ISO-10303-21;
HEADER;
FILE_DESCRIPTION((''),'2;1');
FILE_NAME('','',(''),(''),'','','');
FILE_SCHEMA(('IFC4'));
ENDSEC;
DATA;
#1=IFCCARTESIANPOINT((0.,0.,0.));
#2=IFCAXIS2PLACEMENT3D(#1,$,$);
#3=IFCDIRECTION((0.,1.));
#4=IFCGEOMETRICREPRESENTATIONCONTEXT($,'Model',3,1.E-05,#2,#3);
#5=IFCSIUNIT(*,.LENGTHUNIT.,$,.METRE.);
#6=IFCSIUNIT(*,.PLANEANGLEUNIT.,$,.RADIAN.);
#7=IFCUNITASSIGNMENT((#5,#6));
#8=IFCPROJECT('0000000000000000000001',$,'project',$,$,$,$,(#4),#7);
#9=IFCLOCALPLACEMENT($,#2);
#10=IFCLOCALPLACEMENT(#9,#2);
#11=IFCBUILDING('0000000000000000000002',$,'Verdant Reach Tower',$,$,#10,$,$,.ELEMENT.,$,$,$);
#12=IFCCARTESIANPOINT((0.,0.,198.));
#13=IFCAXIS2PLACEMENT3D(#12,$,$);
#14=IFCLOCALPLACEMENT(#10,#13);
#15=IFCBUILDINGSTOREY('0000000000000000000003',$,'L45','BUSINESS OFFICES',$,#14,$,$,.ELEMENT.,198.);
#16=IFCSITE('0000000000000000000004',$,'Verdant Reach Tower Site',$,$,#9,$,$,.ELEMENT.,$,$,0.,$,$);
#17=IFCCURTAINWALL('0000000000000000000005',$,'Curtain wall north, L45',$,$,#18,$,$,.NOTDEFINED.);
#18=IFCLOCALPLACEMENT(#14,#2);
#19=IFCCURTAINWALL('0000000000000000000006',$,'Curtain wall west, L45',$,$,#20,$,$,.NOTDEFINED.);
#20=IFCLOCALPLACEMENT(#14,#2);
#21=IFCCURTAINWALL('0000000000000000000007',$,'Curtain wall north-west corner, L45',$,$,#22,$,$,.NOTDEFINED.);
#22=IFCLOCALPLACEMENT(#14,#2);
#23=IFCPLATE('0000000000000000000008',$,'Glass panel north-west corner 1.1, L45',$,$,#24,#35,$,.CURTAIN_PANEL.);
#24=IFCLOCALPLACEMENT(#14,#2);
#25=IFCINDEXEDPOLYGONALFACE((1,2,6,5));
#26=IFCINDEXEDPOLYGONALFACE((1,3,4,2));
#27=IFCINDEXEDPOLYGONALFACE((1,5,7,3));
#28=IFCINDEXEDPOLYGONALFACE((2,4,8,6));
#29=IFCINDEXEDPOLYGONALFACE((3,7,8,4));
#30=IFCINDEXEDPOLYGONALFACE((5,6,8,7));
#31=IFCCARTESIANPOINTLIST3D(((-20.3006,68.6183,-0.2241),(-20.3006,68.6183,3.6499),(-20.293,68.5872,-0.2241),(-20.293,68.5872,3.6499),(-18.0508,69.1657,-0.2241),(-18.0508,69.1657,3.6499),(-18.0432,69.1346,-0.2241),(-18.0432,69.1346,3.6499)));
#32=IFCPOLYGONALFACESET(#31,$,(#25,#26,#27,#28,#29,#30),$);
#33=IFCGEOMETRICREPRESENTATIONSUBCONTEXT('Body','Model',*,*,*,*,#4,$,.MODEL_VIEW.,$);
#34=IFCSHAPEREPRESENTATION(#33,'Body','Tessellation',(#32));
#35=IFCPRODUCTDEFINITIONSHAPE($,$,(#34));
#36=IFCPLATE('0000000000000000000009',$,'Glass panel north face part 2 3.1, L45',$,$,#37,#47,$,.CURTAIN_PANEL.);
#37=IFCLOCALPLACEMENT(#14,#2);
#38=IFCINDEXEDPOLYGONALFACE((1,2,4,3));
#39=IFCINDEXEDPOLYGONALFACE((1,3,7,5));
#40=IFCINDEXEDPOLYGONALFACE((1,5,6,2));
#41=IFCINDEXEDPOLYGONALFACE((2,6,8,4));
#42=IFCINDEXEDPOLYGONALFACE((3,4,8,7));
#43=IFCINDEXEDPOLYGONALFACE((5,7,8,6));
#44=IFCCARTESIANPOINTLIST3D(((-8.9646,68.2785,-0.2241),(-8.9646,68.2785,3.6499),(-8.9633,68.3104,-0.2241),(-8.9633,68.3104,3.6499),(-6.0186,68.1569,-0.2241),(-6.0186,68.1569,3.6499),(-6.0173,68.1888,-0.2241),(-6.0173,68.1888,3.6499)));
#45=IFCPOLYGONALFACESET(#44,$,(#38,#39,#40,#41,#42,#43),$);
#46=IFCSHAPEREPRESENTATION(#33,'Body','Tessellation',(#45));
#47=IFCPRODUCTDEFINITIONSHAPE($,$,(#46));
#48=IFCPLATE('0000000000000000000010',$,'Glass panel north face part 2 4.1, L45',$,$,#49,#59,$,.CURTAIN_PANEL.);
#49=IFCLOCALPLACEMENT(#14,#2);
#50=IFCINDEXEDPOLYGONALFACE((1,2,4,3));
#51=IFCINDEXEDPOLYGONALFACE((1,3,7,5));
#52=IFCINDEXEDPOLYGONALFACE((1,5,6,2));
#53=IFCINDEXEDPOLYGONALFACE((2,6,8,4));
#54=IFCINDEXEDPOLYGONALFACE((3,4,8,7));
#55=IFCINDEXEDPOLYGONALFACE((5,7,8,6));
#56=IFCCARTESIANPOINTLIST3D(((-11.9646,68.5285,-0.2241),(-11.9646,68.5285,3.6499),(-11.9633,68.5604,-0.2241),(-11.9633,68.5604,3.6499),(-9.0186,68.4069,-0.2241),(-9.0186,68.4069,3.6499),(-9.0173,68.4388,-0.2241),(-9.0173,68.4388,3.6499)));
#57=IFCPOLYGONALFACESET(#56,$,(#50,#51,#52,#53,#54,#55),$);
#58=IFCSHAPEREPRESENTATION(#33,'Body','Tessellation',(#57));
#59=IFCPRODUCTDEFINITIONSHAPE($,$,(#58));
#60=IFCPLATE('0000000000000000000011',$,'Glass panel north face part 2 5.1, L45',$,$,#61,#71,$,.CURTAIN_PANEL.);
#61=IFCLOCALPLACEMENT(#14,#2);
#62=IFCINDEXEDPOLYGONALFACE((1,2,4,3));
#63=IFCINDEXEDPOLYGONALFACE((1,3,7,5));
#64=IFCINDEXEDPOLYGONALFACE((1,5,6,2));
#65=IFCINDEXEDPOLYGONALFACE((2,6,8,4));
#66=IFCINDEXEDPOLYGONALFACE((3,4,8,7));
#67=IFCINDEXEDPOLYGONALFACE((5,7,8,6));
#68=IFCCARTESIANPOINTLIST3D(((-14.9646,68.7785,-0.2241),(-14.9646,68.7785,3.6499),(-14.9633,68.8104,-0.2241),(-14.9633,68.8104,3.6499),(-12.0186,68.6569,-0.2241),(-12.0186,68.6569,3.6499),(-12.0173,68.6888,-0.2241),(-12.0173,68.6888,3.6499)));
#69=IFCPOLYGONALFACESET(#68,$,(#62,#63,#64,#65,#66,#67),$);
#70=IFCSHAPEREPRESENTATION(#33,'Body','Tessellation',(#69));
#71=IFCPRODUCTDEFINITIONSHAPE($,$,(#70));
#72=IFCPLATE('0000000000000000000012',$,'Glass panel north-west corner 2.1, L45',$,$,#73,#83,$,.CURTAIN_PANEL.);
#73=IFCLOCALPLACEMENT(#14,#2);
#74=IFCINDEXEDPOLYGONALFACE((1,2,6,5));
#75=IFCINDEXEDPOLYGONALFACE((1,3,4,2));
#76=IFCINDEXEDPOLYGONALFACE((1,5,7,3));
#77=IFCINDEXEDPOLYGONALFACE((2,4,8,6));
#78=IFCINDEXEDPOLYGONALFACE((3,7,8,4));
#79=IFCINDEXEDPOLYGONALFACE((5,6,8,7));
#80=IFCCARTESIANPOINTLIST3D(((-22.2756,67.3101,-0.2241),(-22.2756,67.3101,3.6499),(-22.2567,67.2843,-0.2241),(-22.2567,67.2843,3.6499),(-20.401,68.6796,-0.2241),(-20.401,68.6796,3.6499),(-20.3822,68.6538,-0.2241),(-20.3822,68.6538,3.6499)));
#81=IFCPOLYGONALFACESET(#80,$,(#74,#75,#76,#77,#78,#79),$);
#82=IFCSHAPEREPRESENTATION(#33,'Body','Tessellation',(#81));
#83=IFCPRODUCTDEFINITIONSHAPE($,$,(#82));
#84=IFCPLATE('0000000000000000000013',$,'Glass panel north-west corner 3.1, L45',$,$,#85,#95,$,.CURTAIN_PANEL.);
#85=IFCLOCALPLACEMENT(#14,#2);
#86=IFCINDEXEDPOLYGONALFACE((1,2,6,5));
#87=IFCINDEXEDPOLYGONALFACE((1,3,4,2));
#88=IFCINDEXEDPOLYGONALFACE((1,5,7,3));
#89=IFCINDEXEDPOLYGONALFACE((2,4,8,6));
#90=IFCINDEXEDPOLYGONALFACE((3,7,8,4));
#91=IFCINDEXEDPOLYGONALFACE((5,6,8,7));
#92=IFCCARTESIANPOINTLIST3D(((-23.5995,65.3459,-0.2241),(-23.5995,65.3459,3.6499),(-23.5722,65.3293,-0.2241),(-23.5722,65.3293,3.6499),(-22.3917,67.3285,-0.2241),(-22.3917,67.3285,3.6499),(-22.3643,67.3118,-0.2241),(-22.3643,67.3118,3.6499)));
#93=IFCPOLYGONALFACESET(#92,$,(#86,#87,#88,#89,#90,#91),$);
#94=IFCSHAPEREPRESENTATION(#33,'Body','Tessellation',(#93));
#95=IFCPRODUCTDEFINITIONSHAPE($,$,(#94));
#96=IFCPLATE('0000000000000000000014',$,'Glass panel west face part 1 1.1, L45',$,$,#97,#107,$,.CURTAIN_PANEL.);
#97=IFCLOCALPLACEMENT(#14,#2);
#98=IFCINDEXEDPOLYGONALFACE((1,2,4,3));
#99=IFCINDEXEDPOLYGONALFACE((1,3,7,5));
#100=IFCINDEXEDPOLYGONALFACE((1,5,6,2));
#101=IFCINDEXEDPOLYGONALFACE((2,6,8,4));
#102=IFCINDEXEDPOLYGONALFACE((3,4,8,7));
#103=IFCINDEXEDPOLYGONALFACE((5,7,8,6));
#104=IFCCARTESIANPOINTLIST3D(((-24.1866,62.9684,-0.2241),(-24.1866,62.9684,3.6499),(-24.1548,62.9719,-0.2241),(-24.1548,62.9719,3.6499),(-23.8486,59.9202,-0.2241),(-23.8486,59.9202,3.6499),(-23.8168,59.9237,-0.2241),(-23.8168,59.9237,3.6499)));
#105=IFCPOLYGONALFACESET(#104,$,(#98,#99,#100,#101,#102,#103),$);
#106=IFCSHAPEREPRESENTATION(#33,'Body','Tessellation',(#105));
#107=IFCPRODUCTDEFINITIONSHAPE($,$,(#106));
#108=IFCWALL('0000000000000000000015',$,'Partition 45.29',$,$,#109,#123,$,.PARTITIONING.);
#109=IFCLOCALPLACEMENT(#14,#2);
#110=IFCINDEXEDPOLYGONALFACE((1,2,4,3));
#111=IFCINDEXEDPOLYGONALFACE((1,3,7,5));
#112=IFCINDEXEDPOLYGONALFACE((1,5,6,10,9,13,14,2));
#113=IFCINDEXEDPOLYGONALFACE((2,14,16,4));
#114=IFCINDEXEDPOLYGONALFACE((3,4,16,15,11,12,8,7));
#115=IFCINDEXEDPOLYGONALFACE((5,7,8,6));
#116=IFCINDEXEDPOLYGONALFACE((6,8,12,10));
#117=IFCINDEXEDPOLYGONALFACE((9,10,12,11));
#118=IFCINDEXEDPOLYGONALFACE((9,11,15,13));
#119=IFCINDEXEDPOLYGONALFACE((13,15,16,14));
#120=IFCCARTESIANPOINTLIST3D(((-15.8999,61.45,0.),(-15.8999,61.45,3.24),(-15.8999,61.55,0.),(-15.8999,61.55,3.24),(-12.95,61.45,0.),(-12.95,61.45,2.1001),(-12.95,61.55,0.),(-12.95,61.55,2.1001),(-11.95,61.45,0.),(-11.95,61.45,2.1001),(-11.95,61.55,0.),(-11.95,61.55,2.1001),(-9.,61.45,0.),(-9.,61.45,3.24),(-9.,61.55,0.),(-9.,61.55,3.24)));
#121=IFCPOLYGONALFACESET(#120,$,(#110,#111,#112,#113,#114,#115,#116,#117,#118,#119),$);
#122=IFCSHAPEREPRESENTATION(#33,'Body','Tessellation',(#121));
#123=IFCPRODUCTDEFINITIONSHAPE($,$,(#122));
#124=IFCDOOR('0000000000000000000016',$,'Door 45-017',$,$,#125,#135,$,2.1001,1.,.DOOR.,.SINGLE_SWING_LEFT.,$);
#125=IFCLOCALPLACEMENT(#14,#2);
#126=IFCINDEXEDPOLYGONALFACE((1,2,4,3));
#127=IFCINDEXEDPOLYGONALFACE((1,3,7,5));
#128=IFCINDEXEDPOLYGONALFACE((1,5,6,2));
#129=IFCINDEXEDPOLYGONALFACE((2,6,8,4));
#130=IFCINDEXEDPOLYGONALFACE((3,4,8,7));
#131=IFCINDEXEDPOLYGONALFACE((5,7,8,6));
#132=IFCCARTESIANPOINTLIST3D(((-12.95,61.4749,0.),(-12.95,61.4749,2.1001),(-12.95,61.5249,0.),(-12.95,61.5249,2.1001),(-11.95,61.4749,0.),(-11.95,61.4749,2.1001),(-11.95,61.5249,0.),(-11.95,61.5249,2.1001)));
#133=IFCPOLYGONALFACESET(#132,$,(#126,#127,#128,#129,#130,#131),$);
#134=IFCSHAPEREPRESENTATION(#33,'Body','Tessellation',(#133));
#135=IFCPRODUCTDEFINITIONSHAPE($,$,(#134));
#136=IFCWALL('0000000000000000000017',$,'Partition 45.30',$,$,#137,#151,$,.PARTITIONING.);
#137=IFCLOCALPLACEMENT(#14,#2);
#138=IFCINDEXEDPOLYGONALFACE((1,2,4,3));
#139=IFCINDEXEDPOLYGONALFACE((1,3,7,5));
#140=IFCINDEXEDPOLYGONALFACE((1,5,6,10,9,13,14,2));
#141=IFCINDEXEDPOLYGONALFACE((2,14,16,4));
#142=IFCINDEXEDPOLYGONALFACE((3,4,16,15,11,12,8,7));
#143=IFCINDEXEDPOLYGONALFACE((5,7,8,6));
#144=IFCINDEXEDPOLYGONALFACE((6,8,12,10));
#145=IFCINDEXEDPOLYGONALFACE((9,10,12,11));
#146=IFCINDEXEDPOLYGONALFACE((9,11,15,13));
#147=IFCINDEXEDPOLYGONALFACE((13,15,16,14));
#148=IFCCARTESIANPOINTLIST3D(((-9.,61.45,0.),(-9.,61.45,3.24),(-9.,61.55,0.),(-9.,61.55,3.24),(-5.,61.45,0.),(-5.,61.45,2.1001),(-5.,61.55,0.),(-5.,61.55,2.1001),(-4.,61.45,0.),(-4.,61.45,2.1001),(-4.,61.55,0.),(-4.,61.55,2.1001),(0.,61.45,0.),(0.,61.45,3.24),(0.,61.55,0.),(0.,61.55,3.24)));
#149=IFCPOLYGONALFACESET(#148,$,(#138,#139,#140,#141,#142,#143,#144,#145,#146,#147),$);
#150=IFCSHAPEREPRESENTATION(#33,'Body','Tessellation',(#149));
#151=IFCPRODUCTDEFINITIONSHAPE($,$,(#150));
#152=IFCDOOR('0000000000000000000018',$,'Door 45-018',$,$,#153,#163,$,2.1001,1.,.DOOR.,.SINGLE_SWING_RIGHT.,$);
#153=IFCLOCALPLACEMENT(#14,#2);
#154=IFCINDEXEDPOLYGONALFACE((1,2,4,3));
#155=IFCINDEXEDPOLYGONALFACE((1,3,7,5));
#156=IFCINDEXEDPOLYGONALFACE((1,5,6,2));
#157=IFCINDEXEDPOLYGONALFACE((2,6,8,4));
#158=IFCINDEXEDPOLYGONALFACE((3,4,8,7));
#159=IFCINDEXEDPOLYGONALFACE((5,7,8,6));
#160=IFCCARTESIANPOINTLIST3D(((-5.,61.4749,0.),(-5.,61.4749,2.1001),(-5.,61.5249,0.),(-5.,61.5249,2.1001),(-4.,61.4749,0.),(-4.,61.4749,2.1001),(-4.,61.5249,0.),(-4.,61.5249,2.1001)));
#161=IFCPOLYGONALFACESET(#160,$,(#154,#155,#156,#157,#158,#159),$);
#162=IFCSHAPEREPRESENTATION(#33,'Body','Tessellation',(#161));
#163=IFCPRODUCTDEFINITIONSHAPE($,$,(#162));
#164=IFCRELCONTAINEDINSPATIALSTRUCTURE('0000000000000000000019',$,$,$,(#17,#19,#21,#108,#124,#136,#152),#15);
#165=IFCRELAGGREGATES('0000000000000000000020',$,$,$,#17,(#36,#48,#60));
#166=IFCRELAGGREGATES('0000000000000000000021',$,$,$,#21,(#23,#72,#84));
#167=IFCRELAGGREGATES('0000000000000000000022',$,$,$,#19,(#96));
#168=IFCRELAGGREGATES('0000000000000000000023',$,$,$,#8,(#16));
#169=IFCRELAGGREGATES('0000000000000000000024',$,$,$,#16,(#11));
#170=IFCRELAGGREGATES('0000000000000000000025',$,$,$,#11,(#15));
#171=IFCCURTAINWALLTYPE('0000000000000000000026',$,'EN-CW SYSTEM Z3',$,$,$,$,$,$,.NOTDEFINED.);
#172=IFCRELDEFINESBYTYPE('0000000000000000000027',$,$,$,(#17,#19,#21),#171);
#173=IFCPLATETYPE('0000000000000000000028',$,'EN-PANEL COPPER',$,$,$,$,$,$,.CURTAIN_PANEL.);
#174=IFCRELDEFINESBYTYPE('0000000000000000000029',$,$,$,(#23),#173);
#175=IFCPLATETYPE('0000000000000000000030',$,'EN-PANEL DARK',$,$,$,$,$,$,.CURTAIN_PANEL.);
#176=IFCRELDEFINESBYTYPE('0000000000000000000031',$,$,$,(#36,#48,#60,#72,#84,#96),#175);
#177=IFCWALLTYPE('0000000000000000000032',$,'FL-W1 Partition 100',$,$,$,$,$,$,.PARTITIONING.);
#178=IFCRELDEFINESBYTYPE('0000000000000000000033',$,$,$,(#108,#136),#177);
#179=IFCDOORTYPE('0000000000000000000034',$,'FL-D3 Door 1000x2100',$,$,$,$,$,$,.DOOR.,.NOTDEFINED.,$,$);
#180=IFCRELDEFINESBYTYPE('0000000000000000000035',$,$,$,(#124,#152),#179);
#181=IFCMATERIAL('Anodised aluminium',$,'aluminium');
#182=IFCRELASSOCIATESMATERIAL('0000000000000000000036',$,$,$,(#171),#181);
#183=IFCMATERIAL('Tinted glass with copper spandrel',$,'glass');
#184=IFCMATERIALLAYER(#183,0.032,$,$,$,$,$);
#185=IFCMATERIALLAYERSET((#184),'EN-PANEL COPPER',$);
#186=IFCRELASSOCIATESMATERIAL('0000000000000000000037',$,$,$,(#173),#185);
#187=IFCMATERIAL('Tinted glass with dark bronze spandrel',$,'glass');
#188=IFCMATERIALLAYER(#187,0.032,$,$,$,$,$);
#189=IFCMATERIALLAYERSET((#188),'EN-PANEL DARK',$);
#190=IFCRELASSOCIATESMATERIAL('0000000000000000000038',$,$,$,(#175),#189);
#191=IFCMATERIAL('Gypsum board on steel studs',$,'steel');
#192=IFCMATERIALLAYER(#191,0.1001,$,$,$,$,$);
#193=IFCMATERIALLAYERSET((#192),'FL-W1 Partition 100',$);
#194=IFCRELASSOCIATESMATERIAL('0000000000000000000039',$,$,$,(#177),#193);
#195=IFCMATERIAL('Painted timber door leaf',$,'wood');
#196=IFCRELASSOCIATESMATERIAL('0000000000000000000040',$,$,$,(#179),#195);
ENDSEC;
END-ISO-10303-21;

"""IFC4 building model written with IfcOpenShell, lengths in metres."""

from ifc_helpers import new_model, si_unit, direction, frame, frame_2d, origin, origin_2d, place, context, subcontext, project, spatial, rectangle, extrude, material, layer, layer_set, type_object, element, fill, aggregate, save


model = new_model("IFC4")

# Units and contexts
model_context = context("Model", 3, precision=1e-05, world=origin(), true_north=direction((0.0, 1.0)))
body_context = subcontext(model_context, "Body", "Model", "MODEL_VIEW")
ifc_project = project(units=[si_unit("LENGTHUNIT", "METRE"), si_unit("PLANEANGLEUNIT", "RADIAN")], contexts=[model_context])

# Site, building, storey
site_placement = place(None, origin())
site = spatial("IfcSite", under=ifc_project, at=site_placement, Name="Verdant Reach Tower Site", CompositionType="ELEMENT", RefElevation=0.0)
building_placement = place(site_placement, origin())
building = spatial("IfcBuilding", under=site, at=building_placement, Name="Verdant Reach Tower", CompositionType="ELEMENT")
storey_placement = place(building_placement, frame((0.0, 0.0, 198.0)))
storey = spatial("IfcBuildingStorey", under=building, at=storey_placement, Name="L45", Description="BUSINESS OFFICES", CompositionType="ELEMENT", Elevation=198.0)

# Curtain walls
ifc_material_1 = material(Name="Anodised aluminium", Category="aluminium")
curtain_wall_type = type_object("IfcCurtainWallType", Name="EN-CW SYSTEM Z3", PredefinedType="NOTDEFINED", material=ifc_material_1)
curtain_wall_1_placement = place(storey_placement, origin())
curtain_wall_1 = element("IfcCurtainWall", 1, at=curtain_wall_1_placement, inside=storey, type_object=curtain_wall_type, Name="Curtain wall north, L45", PredefinedType="NOTDEFINED")
curtain_wall_2_placement = place(storey_placement, origin())
curtain_wall_2 = element("IfcCurtainWall", 2, at=curtain_wall_2_placement, inside=storey, type_object=curtain_wall_type, Name="Curtain wall west, L45", PredefinedType="NOTDEFINED")

# Curtain wall
curtain_wall_3_placement = place(storey_placement, origin())
curtain_wall_3 = element("IfcCurtainWall", 3, at=curtain_wall_3_placement, inside=storey, type_object=curtain_wall_type, Name="Curtain wall north-west corner, L45", PredefinedType="NOTDEFINED")

# Plates
ifc_material_2 = material(Name="Tinted glass with copper spandrel", Category="glass")
ifc_layer_1 = layer(ifc_material_2, 0.032)
ifc_layer_set_1 = layer_set([ifc_layer_1], Name="EN-PANEL COPPER")
plate_type_1 = type_object("IfcPlateType", Name="EN-PANEL COPPER", PredefinedType="CURTAIN_PANEL", material=ifc_layer_set_1)
plate_1_placement = place(storey_placement, frame((-19.1719, 68.8765, -0.2241), z_axis=(0.0, 0.0, 1.0), x_axis=(-0.971655, -0.236403, 0.0)))
plate_1 = element("IfcPlate", 4, at=plate_1_placement, type_object=plate_type_1, Name="Glass panel north-west corner 1.1, L45", PredefinedType="CURTAIN_PANEL", context=body_context, shape_type="SweptSolid", body=[
    extrude(rectangle(XDim=2.3154, YDim=0.032, at=origin_2d()), origin(), (0.0, 0.0, 1.0), 3.874),
])
ifc_material_3 = material(Name="Tinted glass with dark bronze spandrel", Category="glass")
ifc_layer_2 = layer(ifc_material_3, 0.032)
ifc_layer_set_2 = layer_set([ifc_layer_2], Name="EN-PANEL DARK")
plate_type_2 = type_object("IfcPlateType", Name="EN-PANEL DARK", PredefinedType="CURTAIN_PANEL", material=ifc_layer_set_2)
plate_2_placement = place(storey_placement, frame((-7.491, 68.2336, -0.2241), z_axis=(0.0, 0.0, 1.0), x_axis=(-0.999149, 0.041242, 0.0)))
plate_2 = element("IfcPlate", 5, at=plate_2_placement, type_object=plate_type_2, Name="Glass panel north face part 2 3.1, L45", PredefinedType="CURTAIN_PANEL", context=body_context, shape_type="SweptSolid", body=[
    extrude(rectangle(XDim=2.9485, YDim=0.032, at=origin_2d()), origin(), (0.0, 0.0, 1.0), 3.874),
])
plate_3_placement = place(storey_placement, frame((-10.491, 68.4836, -0.2241), z_axis=(0.0, 0.0, 1.0), x_axis=(-0.999149, 0.041242, 0.0)))
plate_3 = element("IfcPlate", 6, at=plate_3_placement, type_object=plate_type_2, Name="Glass panel north face part 2 4.1, L45", PredefinedType="CURTAIN_PANEL", context=body_context, shape_type="SweptSolid", body=[
    extrude(rectangle(XDim=2.9485, YDim=0.032, at=origin_2d()), origin(), (0.0, 0.0, 1.0), 3.874),
])
plate_4_placement = place(storey_placement, frame((-13.491, 68.7336, -0.2241), z_axis=(0.0, 0.0, 1.0), x_axis=(-0.999149, 0.041242, 0.0)))
plate_4 = element("IfcPlate", 7, at=plate_4_placement, type_object=plate_type_2, Name="Glass panel north face part 2 5.1, L45", PredefinedType="CURTAIN_PANEL", context=body_context, shape_type="SweptSolid", body=[
    extrude(rectangle(XDim=2.9485, YDim=0.032, at=origin_2d()), origin(), (0.0, 0.0, 1.0), 3.874),
])
aggregate(curtain_wall_1, [plate_2, plate_3, plate_4])
plate_5_placement = place(storey_placement, frame((-21.3289, 67.9819, -0.2241), z_axis=(0.0, 0.0, 1.0), x_axis=(-0.807457, -0.589927, 0.0)))
plate_5 = element("IfcPlate", 8, at=plate_5_placement, type_object=plate_type_2, Name="Glass panel north-west corner 2.1, L45", PredefinedType="CURTAIN_PANEL", context=body_context, shape_type="SweptSolid", body=[
    extrude(rectangle(XDim=2.3215, YDim=0.032, at=origin_2d()), origin(), (0.0, 0.0, 1.0), 3.874),
])
plate_6_placement = place(storey_placement, frame((-22.9819, 66.3289, -0.2241), z_axis=(0.0, 0.0, 1.0), x_axis=(-0.520292, -0.853989, 0.0)))
plate_6 = element("IfcPlate", 9, at=plate_6_placement, type_object=plate_type_2, Name="Glass panel north-west corner 3.1, L45", PredefinedType="CURTAIN_PANEL", context=body_context, shape_type="SweptSolid", body=[
    extrude(rectangle(XDim=2.3215, YDim=0.032, at=origin_2d()), origin(), (0.0, 0.0, 1.0), 3.874),
])
aggregate(curtain_wall_3, [plate_1, plate_5, plate_6])
plate_7_placement = place(storey_placement, frame((-24.0017, 61.446, -0.2241), z_axis=(0.0, 0.0, 1.0), x_axis=(0.110214, -0.993908, 0.0)))
plate_7 = element("IfcPlate", 10, at=plate_7_placement, type_object=plate_type_2, Name="Glass panel west face part 1 1.1, L45", PredefinedType="CURTAIN_PANEL", context=body_context, shape_type="SweptSolid", body=[
    extrude(rectangle(XDim=3.0669, YDim=0.032, at=origin_2d()), origin(), (0.0, 0.0, 1.0), 3.874),
])
aggregate(curtain_wall_2, [plate_7])

# Walls, openings, doors
ifc_material_4 = material(Name="Gypsum board on steel studs", Category="steel")
ifc_layer_3 = layer(ifc_material_4, 0.1001)
ifc_layer_set_3 = layer_set([ifc_layer_3], Name="FL-W1 Partition 100")
wall_type = type_object("IfcWallType", Name="FL-W1 Partition 100", PredefinedType="PARTITIONING", material=ifc_layer_set_3)
wall_1_placement = place(storey_placement, frame((-15.8999, 61.5, 0.0), z_axis=(0.0, 0.0, 1.0), x_axis=(1.0, 0.0, 0.0)))
wall_1 = element("IfcWall", 11, at=wall_1_placement, inside=storey, type_object=wall_type, Name="Partition 45.29", PredefinedType="PARTITIONING", context=body_context, shape_type="SweptSolid", body=[
    extrude(rectangle(XDim=6.8999, YDim=0.1001, at=frame_2d((3.45, 0.0))), origin(), (0.0, 0.0, 1.0), 3.24),
])
opening_1_placement = place(wall_1_placement, frame((2.95, 0.0, 0.0)))
opening_1 = element("IfcOpeningElement", 12, at=opening_1_placement, cuts=wall_1, PredefinedType="OPENING", context=body_context, shape_type="SweptSolid", body=[
    extrude(rectangle(XDim=1.0, YDim=2.1001, at=frame_2d((0.5, 1.05))), frame((0.0, 0.0601, 0.0), z_axis=(0.0, -1.0, 0.0), x_axis=(1.0, 0.0, 0.0)), (0.0, 0.0, 1.0), 0.1201),
])
ifc_material_5 = material(Name="Painted timber door leaf", Category="wood")
door_type = type_object("IfcDoorType", Name="FL-D3 Door 1000x2100", OperationType="NOTDEFINED", PredefinedType="DOOR", material=ifc_material_5)
door_1_placement = place(opening_1_placement, origin())
door_1 = element("IfcDoor", 13, at=door_1_placement, inside=storey, type_object=door_type, Name="Door 45-017", OperationType="SINGLE_SWING_LEFT", OverallHeight=2.1001, OverallWidth=1.0, PredefinedType="DOOR", context=body_context, shape_type="SweptSolid", body=[
    extrude(rectangle(XDim=1.0, YDim=2.1001, at=frame_2d((0.5, 1.05))), frame((0.0, 0.0249, 0.0), z_axis=(0.0, -1.0, 0.0), x_axis=(1.0, 0.0, 0.0)), (0.0, 0.0, 1.0), 0.05),
])
fill(opening_1, door_1)
wall_2_placement = place(storey_placement, frame((-9.0, 61.5, 0.0), z_axis=(0.0, 0.0, 1.0), x_axis=(1.0, 0.0, 0.0)))
wall_2 = element("IfcWall", 14, at=wall_2_placement, inside=storey, type_object=wall_type, Name="Partition 45.30", PredefinedType="PARTITIONING", context=body_context, shape_type="SweptSolid", body=[
    extrude(rectangle(XDim=9.0, YDim=0.1001, at=frame_2d((4.5, 0.0))), origin(), (0.0, 0.0, 1.0), 3.24),
])
opening_2_placement = place(wall_2_placement, frame((4.0, 0.0, 0.0)))
opening_2 = element("IfcOpeningElement", 15, at=opening_2_placement, cuts=wall_2, PredefinedType="OPENING", context=body_context, shape_type="SweptSolid", body=[
    extrude(rectangle(XDim=1.0, YDim=2.1001, at=frame_2d((0.5, 1.05))), frame((0.0, 0.0601, 0.0), z_axis=(0.0, -1.0, 0.0), x_axis=(1.0, 0.0, 0.0)), (0.0, 0.0, 1.0), 0.1201),
])
door_2_placement = place(opening_2_placement, origin())
door_2 = element("IfcDoor", 16, at=door_2_placement, inside=storey, type_object=door_type, Name="Door 45-018", OperationType="SINGLE_SWING_RIGHT", OverallHeight=2.1001, OverallWidth=1.0, PredefinedType="DOOR", context=body_context, shape_type="SweptSolid", body=[
    extrude(rectangle(XDim=1.0, YDim=2.1001, at=frame_2d((0.5, 1.05))), frame((0.0, 0.0249, 0.0), z_axis=(0.0, -1.0, 0.0), x_axis=(1.0, 0.0, 0.0)), (0.0, 0.0, 1.0), 0.05),
])
fill(opening_2, door_2)

save(model, "model.ifc")
